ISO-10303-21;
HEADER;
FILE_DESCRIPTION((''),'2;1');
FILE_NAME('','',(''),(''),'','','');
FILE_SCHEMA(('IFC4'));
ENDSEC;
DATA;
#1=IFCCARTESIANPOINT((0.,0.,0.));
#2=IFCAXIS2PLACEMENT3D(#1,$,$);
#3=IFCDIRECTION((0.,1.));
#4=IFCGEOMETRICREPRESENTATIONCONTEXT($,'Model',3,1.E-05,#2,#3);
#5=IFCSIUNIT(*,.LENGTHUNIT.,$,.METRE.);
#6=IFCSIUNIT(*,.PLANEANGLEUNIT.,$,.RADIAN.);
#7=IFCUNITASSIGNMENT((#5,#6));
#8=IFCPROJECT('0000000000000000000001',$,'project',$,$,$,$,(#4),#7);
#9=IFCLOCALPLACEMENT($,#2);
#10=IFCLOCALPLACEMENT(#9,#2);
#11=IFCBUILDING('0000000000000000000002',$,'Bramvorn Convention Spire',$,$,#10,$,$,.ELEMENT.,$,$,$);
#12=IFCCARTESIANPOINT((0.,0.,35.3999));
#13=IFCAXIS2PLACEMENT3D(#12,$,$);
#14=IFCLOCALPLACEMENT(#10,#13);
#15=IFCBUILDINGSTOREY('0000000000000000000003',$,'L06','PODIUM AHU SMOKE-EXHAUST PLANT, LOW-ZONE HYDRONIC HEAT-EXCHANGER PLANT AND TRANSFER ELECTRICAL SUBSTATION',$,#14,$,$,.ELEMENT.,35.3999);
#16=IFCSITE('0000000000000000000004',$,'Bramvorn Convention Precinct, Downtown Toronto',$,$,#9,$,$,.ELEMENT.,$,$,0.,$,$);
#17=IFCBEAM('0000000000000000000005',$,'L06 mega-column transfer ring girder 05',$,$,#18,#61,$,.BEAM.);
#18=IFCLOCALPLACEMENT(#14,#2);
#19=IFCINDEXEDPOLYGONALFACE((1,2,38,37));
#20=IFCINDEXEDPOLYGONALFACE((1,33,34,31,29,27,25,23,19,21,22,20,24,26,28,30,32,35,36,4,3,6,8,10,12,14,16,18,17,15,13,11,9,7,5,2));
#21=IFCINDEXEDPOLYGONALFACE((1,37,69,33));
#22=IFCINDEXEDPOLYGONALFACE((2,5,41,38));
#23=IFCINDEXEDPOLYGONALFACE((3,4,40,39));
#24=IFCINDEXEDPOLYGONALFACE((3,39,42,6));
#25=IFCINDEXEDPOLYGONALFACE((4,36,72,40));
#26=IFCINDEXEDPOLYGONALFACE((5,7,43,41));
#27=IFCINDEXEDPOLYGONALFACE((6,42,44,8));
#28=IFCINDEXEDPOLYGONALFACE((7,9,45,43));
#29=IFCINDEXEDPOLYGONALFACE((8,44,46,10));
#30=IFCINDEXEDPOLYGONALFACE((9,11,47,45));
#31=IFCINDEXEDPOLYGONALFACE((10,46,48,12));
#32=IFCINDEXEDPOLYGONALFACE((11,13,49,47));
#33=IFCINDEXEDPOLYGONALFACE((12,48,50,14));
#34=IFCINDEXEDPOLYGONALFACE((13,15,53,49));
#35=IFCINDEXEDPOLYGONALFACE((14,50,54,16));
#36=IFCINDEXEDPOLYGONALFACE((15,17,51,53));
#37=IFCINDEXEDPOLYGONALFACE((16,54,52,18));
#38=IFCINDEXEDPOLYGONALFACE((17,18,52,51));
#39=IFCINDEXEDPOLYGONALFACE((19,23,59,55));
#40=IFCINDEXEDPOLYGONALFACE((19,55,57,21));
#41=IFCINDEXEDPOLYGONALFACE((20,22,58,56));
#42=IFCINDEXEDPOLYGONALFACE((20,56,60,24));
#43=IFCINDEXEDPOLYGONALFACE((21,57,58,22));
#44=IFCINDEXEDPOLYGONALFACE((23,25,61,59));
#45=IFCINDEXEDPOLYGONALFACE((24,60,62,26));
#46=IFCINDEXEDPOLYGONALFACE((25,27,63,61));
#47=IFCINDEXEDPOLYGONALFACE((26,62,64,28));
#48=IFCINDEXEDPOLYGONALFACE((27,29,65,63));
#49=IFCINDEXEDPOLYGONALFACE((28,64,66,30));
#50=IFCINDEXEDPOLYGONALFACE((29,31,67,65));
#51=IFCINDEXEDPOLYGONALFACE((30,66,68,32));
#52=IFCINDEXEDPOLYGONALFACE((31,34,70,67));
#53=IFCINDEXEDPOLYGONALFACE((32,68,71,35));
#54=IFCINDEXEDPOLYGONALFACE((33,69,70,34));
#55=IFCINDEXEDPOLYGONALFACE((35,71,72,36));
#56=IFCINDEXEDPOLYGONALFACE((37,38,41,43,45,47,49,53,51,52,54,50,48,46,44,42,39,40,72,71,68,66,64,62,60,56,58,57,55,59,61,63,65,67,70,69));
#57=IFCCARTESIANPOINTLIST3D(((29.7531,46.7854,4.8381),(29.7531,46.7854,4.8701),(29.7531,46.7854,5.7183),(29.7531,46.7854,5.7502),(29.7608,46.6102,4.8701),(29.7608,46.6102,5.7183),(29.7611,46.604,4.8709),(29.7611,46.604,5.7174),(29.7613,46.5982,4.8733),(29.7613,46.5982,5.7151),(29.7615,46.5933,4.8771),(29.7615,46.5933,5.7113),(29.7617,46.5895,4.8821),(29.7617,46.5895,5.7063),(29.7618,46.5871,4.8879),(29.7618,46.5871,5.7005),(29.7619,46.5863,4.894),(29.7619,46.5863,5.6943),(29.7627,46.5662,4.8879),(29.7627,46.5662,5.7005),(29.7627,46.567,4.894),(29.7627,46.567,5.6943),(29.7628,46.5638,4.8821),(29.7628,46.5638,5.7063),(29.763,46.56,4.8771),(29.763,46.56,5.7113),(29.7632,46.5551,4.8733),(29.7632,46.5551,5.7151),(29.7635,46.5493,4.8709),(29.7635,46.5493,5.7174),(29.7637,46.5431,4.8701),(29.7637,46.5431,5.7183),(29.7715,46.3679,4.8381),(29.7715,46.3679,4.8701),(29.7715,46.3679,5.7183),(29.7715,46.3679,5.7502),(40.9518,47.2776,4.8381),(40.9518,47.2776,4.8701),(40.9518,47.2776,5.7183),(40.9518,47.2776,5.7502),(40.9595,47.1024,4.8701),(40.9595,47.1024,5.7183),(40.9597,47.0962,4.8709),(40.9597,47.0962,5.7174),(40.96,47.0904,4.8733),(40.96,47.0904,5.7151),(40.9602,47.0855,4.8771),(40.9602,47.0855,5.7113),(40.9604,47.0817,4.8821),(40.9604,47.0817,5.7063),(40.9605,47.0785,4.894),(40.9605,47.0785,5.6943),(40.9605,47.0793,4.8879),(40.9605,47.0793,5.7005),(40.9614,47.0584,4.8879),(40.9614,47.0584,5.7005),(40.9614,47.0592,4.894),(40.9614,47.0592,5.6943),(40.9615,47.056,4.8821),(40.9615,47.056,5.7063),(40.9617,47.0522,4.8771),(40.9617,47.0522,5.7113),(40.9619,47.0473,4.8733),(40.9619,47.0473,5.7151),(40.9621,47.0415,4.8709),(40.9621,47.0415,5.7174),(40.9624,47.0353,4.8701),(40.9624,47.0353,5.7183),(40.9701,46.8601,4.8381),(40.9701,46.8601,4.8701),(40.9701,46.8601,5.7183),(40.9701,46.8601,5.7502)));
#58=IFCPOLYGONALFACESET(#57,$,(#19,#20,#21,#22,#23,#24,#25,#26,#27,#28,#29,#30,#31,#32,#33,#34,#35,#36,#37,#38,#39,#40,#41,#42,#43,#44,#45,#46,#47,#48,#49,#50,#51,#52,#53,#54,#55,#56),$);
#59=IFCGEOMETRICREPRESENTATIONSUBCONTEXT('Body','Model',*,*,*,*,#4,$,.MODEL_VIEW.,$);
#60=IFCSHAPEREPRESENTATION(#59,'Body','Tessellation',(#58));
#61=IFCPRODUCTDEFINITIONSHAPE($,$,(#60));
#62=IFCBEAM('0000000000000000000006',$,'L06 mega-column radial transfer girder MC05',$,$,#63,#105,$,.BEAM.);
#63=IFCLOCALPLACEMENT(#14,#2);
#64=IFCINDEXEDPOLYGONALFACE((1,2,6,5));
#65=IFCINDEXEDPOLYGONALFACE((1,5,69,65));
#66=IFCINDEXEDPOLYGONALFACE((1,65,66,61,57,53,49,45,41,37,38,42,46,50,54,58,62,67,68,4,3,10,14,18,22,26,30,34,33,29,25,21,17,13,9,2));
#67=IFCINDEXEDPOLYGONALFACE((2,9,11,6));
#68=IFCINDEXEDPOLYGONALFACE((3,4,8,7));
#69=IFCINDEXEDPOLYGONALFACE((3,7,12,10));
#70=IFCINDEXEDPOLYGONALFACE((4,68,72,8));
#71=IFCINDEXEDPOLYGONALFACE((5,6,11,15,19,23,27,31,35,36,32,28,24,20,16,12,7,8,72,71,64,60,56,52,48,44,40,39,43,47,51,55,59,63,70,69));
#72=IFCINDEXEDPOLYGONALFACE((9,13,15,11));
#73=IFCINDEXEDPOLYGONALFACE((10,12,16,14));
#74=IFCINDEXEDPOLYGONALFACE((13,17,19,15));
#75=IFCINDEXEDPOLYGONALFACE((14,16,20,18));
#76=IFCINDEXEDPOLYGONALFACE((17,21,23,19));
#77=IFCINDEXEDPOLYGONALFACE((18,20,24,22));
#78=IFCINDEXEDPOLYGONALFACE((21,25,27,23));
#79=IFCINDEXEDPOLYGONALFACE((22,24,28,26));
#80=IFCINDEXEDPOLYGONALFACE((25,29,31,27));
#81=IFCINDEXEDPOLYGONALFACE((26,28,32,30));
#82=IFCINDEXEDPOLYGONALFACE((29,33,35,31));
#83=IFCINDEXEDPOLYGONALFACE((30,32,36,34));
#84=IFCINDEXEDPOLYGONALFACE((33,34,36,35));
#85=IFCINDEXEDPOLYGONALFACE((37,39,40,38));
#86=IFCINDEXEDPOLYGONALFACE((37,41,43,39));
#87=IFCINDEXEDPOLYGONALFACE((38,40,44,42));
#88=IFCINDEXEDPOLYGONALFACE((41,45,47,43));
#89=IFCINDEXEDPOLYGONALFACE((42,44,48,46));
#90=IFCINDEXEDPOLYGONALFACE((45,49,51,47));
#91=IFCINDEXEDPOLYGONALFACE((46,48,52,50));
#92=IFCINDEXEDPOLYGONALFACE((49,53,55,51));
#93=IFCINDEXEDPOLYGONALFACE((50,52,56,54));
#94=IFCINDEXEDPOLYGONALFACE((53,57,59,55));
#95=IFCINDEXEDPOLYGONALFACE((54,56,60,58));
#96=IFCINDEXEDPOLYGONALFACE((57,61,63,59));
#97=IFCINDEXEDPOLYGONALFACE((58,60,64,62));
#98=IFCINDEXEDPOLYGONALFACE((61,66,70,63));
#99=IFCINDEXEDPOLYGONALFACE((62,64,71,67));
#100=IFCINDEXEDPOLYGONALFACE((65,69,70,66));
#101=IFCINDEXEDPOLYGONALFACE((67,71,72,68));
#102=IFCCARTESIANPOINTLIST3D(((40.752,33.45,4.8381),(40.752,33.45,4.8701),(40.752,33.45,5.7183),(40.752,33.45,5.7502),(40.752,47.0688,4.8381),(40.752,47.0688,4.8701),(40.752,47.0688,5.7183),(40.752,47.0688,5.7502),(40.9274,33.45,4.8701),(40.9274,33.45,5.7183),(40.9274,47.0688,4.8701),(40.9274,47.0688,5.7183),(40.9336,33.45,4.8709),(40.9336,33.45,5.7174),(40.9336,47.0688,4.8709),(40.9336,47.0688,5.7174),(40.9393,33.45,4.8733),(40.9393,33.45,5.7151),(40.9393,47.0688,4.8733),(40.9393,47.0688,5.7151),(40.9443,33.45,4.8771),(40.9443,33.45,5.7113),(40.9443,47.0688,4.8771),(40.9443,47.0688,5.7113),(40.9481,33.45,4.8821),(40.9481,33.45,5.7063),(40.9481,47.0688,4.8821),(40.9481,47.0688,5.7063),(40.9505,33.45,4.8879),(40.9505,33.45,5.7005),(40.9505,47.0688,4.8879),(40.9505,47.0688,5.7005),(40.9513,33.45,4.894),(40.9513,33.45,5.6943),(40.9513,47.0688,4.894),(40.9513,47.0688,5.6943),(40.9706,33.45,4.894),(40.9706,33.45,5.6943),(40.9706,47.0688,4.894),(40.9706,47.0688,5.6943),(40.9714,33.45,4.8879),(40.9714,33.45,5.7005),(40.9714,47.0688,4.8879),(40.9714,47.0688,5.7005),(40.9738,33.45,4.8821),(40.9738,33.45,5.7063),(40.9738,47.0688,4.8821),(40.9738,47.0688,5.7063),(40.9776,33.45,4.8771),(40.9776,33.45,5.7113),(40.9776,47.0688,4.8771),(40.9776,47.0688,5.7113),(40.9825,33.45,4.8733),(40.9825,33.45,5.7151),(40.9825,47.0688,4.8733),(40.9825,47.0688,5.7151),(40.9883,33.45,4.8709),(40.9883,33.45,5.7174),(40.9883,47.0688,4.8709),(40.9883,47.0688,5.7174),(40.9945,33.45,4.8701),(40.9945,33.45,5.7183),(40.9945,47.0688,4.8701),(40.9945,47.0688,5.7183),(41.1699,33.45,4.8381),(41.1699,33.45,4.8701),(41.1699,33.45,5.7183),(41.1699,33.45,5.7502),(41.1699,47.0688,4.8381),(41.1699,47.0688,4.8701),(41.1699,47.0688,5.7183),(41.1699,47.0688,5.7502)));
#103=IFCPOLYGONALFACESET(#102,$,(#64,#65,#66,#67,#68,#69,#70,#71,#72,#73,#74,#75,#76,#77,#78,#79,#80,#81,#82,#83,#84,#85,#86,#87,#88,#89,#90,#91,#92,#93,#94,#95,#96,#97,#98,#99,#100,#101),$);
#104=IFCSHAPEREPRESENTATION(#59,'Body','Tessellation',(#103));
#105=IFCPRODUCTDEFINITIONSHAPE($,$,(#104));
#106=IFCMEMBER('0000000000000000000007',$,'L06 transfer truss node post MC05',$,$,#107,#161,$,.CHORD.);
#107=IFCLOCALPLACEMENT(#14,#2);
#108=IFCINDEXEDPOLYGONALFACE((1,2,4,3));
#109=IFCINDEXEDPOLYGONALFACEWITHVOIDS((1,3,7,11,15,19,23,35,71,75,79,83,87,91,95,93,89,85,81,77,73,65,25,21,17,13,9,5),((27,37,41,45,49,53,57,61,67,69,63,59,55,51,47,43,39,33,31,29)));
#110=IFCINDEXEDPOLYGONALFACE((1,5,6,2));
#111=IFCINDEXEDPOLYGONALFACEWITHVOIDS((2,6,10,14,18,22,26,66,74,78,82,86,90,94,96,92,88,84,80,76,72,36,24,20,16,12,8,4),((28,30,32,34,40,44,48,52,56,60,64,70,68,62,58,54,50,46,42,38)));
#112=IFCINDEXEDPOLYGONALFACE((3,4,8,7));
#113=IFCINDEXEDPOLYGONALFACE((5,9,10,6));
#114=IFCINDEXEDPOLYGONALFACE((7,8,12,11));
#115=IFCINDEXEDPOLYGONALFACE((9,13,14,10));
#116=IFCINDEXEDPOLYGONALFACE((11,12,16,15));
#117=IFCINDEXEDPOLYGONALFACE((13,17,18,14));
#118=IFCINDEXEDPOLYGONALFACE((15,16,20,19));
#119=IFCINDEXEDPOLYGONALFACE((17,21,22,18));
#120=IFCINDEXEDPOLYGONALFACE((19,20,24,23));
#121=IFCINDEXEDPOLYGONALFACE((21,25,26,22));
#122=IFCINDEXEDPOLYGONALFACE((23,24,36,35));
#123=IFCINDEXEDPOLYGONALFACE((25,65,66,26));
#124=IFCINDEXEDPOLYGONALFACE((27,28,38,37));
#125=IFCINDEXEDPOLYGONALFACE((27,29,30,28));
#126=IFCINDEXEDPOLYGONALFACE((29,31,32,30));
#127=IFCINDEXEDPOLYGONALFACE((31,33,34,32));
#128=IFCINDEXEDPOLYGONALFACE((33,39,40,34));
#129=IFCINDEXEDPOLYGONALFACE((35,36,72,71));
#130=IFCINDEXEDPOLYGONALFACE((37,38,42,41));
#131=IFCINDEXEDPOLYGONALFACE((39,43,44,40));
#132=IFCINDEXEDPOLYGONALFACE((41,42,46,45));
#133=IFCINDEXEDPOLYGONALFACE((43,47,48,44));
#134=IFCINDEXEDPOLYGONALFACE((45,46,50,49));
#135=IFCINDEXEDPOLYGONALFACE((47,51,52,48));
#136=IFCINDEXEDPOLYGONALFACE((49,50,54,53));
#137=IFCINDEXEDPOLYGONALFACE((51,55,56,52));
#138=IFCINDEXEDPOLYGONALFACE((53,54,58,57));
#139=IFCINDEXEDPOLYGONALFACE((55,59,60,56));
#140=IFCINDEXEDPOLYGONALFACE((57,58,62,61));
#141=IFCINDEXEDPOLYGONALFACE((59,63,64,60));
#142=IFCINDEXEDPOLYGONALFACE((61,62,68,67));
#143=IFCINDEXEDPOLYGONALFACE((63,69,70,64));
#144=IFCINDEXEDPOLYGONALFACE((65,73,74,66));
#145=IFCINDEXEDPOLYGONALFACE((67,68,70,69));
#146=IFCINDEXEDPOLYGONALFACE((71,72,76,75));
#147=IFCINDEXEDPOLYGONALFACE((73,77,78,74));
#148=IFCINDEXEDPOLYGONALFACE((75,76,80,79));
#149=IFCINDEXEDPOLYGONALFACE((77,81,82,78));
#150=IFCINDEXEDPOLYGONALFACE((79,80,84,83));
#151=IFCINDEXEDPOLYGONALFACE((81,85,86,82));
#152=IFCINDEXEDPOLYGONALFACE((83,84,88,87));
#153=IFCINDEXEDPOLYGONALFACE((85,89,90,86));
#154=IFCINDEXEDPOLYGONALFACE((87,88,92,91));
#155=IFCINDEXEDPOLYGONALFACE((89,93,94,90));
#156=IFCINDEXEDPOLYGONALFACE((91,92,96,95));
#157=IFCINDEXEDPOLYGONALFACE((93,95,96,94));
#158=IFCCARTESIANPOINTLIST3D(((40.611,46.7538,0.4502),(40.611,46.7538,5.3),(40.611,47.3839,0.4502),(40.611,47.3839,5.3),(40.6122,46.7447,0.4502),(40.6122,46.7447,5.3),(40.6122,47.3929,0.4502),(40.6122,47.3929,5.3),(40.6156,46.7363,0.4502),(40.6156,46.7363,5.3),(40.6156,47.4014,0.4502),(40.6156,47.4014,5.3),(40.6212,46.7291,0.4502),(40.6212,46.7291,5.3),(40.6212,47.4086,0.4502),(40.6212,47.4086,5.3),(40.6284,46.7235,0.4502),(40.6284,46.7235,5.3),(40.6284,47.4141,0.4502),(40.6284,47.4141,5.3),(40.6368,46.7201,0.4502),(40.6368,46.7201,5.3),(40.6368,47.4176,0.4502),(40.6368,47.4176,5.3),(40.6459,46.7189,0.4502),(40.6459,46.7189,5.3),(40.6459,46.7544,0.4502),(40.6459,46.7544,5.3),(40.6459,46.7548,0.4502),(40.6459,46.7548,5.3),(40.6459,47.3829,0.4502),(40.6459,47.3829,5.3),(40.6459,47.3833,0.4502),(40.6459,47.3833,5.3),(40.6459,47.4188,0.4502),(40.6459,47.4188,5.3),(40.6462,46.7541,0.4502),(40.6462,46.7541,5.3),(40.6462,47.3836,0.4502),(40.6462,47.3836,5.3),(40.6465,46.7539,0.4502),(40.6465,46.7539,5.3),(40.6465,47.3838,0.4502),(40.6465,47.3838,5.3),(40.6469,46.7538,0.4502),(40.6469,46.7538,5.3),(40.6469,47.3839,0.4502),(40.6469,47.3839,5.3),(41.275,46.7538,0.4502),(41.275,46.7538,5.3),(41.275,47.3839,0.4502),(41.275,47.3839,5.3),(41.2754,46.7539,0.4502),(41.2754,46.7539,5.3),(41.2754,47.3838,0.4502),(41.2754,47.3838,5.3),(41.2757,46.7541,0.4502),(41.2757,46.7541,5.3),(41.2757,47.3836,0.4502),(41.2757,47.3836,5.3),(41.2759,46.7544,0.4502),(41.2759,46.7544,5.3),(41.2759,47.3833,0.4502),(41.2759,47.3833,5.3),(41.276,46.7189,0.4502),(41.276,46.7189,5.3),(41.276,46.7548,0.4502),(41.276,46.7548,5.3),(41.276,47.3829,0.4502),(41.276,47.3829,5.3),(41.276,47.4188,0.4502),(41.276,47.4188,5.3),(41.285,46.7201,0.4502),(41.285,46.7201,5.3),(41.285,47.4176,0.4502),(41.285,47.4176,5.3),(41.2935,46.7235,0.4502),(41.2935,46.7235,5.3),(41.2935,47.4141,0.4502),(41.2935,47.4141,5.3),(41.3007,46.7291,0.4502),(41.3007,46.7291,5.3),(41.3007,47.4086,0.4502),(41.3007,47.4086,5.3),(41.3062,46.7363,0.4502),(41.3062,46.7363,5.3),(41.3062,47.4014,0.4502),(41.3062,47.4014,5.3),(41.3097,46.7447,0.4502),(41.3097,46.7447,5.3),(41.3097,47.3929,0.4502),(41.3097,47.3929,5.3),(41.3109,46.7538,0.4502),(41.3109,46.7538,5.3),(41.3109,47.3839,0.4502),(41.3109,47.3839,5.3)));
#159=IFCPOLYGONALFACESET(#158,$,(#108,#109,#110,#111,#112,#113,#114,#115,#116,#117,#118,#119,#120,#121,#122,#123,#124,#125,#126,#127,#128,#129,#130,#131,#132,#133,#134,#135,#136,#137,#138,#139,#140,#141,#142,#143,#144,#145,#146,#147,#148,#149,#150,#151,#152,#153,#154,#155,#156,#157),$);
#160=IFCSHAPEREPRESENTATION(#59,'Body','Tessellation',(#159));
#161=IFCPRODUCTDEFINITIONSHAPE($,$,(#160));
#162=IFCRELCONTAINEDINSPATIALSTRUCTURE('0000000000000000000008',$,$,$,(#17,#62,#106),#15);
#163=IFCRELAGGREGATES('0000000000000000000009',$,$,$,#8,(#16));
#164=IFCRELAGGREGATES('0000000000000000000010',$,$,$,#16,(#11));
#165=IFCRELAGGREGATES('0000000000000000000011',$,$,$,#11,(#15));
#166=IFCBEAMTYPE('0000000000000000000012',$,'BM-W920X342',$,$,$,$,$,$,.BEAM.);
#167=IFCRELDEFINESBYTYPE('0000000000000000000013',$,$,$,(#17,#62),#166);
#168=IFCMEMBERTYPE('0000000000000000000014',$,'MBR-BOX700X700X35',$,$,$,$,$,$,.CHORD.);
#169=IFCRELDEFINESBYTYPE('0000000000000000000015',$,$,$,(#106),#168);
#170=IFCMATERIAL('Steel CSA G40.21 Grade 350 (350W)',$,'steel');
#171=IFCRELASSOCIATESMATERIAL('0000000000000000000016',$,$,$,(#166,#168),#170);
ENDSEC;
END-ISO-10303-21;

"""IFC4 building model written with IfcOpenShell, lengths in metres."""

from ifc_helpers import new_model, si_unit, direction, frame, origin, origin_2d, place, context, subcontext, project, spatial, hollow_rectangle, i_section, extrude, material, material_profile, profile_set, type_object, element, save


model = new_model("IFC4")

# Units and contexts
model_context = context("Model", 3, precision=1e-05, world=origin(), true_north=direction((0.0, 1.0)))
body_context = subcontext(model_context, "Body", "Model", "MODEL_VIEW")
ifc_project = project(units=[si_unit("LENGTHUNIT", "METRE"), si_unit("PLANEANGLEUNIT", "RADIAN")], contexts=[model_context])

# Site, building, storey
site_placement = place(None, origin())
site = spatial("IfcSite", under=ifc_project, at=site_placement, Name="Bramvorn Convention Precinct, Downtown Toronto", CompositionType="ELEMENT", RefElevation=0.0)
building_placement = place(site_placement, origin())
building = spatial("IfcBuilding", under=site, at=building_placement, Name="Bramvorn Convention Spire", CompositionType="ELEMENT")
storey_placement = place(building_placement, frame((0.0, 0.0, 35.3999)))
storey = spatial("IfcBuildingStorey", under=building, at=storey_placement, Name="L06", Description="PODIUM AHU SMOKE-EXHAUST PLANT, LOW-ZONE HYDRONIC HEAT-EXCHANGER PLANT AND TRANSFER ELECTRICAL SUBSTATION", CompositionType="ELEMENT", Elevation=35.3999)

# Shared definitions
ifc_material_1 = material(Name="Steel CSA G40.21 Grade 350 (350W)", Category="steel")

# Beams
ifc_material_profile_1 = material_profile(ifc_material_1, i_section(OverallWidth=0.418, OverallDepth=0.9121, WebThickness=0.0193, FlangeThickness=0.032, FilletRadius=0.0239, at=origin_2d()))
ifc_profile_set_1 = profile_set([ifc_material_profile_1], Name="Steel CSA G40.21 Grade 350 (350W) - W920X342")
beam_type = type_object("IfcBeamType", Name="BM-W920X342", PredefinedType="BEAM", material=ifc_profile_set_1)
beam_1_placement = place(storey_placement, frame((40.9609, 47.0688, 5.2942), z_axis=(-0.999036, -0.043908, 0.0), x_axis=(0.043908, -0.999036, 0.0)))
element("IfcBeam", 1, at=beam_1_placement, inside=storey, type_object=beam_type, Name="L06 mega-column transfer ring girder 05", PredefinedType="BEAM", context=body_context, shape_type="SweptSolid", body=[
    extrude(i_section(OverallWidth=0.418, OverallDepth=0.9121, WebThickness=0.0193, FlangeThickness=0.032, FilletRadius=0.0239, at=origin_2d()), origin(), (0.0, 0.0, 1.0), 11.2095),
])
beam_2_placement = place(storey_placement, frame((40.9609, 33.45, 5.2942), z_axis=(0.0, 1.0, 0.0), x_axis=(-1.0, 0.0, 0.0)))
element("IfcBeam", 2, at=beam_2_placement, inside=storey, type_object=beam_type, Name="L06 mega-column radial transfer girder MC05", PredefinedType="BEAM", context=body_context, shape_type="SweptSolid", body=[
    extrude(i_section(OverallWidth=0.418, OverallDepth=0.9121, WebThickness=0.0193, FlangeThickness=0.032, FilletRadius=0.0239, at=origin_2d()), origin(), (0.0, 0.0, 1.0), 13.6189),
])

# Member
ifc_material_profile_2 = material_profile(ifc_material_1, hollow_rectangle(XDim=0.7, YDim=0.7, WallThickness=0.0349, InnerFilletRadius=0.001, OuterFilletRadius=0.0349, at=origin_2d()))
ifc_profile_set_2 = profile_set([ifc_material_profile_2], Name="Steel CSA G40.21 Grade 350 (350W) - BOX700X700X35")
member_type_1 = type_object("IfcMemberType", Name="MBR-BOX700X700X35", PredefinedType="CHORD", material=ifc_profile_set_2)
member_1_placement = place(storey_placement, frame((40.9609, 47.0688, 0.4502), z_axis=(0.0, 0.0, 1.0), x_axis=(1.0, 0.0, 0.0)))
element("IfcMember", 3, at=member_1_placement, inside=storey, type_object=member_type_1, Name="L06 transfer truss node post MC05", PredefinedType="CHORD", context=body_context, shape_type="SweptSolid", body=[
    extrude(hollow_rectangle(XDim=0.7, YDim=0.7, WallThickness=0.0349, InnerFilletRadius=0.001, OuterFilletRadius=0.0349, at=origin_2d()), origin(), (0.0, 0.0, 1.0), 4.8499),
])

save(model, "model.ifc")
